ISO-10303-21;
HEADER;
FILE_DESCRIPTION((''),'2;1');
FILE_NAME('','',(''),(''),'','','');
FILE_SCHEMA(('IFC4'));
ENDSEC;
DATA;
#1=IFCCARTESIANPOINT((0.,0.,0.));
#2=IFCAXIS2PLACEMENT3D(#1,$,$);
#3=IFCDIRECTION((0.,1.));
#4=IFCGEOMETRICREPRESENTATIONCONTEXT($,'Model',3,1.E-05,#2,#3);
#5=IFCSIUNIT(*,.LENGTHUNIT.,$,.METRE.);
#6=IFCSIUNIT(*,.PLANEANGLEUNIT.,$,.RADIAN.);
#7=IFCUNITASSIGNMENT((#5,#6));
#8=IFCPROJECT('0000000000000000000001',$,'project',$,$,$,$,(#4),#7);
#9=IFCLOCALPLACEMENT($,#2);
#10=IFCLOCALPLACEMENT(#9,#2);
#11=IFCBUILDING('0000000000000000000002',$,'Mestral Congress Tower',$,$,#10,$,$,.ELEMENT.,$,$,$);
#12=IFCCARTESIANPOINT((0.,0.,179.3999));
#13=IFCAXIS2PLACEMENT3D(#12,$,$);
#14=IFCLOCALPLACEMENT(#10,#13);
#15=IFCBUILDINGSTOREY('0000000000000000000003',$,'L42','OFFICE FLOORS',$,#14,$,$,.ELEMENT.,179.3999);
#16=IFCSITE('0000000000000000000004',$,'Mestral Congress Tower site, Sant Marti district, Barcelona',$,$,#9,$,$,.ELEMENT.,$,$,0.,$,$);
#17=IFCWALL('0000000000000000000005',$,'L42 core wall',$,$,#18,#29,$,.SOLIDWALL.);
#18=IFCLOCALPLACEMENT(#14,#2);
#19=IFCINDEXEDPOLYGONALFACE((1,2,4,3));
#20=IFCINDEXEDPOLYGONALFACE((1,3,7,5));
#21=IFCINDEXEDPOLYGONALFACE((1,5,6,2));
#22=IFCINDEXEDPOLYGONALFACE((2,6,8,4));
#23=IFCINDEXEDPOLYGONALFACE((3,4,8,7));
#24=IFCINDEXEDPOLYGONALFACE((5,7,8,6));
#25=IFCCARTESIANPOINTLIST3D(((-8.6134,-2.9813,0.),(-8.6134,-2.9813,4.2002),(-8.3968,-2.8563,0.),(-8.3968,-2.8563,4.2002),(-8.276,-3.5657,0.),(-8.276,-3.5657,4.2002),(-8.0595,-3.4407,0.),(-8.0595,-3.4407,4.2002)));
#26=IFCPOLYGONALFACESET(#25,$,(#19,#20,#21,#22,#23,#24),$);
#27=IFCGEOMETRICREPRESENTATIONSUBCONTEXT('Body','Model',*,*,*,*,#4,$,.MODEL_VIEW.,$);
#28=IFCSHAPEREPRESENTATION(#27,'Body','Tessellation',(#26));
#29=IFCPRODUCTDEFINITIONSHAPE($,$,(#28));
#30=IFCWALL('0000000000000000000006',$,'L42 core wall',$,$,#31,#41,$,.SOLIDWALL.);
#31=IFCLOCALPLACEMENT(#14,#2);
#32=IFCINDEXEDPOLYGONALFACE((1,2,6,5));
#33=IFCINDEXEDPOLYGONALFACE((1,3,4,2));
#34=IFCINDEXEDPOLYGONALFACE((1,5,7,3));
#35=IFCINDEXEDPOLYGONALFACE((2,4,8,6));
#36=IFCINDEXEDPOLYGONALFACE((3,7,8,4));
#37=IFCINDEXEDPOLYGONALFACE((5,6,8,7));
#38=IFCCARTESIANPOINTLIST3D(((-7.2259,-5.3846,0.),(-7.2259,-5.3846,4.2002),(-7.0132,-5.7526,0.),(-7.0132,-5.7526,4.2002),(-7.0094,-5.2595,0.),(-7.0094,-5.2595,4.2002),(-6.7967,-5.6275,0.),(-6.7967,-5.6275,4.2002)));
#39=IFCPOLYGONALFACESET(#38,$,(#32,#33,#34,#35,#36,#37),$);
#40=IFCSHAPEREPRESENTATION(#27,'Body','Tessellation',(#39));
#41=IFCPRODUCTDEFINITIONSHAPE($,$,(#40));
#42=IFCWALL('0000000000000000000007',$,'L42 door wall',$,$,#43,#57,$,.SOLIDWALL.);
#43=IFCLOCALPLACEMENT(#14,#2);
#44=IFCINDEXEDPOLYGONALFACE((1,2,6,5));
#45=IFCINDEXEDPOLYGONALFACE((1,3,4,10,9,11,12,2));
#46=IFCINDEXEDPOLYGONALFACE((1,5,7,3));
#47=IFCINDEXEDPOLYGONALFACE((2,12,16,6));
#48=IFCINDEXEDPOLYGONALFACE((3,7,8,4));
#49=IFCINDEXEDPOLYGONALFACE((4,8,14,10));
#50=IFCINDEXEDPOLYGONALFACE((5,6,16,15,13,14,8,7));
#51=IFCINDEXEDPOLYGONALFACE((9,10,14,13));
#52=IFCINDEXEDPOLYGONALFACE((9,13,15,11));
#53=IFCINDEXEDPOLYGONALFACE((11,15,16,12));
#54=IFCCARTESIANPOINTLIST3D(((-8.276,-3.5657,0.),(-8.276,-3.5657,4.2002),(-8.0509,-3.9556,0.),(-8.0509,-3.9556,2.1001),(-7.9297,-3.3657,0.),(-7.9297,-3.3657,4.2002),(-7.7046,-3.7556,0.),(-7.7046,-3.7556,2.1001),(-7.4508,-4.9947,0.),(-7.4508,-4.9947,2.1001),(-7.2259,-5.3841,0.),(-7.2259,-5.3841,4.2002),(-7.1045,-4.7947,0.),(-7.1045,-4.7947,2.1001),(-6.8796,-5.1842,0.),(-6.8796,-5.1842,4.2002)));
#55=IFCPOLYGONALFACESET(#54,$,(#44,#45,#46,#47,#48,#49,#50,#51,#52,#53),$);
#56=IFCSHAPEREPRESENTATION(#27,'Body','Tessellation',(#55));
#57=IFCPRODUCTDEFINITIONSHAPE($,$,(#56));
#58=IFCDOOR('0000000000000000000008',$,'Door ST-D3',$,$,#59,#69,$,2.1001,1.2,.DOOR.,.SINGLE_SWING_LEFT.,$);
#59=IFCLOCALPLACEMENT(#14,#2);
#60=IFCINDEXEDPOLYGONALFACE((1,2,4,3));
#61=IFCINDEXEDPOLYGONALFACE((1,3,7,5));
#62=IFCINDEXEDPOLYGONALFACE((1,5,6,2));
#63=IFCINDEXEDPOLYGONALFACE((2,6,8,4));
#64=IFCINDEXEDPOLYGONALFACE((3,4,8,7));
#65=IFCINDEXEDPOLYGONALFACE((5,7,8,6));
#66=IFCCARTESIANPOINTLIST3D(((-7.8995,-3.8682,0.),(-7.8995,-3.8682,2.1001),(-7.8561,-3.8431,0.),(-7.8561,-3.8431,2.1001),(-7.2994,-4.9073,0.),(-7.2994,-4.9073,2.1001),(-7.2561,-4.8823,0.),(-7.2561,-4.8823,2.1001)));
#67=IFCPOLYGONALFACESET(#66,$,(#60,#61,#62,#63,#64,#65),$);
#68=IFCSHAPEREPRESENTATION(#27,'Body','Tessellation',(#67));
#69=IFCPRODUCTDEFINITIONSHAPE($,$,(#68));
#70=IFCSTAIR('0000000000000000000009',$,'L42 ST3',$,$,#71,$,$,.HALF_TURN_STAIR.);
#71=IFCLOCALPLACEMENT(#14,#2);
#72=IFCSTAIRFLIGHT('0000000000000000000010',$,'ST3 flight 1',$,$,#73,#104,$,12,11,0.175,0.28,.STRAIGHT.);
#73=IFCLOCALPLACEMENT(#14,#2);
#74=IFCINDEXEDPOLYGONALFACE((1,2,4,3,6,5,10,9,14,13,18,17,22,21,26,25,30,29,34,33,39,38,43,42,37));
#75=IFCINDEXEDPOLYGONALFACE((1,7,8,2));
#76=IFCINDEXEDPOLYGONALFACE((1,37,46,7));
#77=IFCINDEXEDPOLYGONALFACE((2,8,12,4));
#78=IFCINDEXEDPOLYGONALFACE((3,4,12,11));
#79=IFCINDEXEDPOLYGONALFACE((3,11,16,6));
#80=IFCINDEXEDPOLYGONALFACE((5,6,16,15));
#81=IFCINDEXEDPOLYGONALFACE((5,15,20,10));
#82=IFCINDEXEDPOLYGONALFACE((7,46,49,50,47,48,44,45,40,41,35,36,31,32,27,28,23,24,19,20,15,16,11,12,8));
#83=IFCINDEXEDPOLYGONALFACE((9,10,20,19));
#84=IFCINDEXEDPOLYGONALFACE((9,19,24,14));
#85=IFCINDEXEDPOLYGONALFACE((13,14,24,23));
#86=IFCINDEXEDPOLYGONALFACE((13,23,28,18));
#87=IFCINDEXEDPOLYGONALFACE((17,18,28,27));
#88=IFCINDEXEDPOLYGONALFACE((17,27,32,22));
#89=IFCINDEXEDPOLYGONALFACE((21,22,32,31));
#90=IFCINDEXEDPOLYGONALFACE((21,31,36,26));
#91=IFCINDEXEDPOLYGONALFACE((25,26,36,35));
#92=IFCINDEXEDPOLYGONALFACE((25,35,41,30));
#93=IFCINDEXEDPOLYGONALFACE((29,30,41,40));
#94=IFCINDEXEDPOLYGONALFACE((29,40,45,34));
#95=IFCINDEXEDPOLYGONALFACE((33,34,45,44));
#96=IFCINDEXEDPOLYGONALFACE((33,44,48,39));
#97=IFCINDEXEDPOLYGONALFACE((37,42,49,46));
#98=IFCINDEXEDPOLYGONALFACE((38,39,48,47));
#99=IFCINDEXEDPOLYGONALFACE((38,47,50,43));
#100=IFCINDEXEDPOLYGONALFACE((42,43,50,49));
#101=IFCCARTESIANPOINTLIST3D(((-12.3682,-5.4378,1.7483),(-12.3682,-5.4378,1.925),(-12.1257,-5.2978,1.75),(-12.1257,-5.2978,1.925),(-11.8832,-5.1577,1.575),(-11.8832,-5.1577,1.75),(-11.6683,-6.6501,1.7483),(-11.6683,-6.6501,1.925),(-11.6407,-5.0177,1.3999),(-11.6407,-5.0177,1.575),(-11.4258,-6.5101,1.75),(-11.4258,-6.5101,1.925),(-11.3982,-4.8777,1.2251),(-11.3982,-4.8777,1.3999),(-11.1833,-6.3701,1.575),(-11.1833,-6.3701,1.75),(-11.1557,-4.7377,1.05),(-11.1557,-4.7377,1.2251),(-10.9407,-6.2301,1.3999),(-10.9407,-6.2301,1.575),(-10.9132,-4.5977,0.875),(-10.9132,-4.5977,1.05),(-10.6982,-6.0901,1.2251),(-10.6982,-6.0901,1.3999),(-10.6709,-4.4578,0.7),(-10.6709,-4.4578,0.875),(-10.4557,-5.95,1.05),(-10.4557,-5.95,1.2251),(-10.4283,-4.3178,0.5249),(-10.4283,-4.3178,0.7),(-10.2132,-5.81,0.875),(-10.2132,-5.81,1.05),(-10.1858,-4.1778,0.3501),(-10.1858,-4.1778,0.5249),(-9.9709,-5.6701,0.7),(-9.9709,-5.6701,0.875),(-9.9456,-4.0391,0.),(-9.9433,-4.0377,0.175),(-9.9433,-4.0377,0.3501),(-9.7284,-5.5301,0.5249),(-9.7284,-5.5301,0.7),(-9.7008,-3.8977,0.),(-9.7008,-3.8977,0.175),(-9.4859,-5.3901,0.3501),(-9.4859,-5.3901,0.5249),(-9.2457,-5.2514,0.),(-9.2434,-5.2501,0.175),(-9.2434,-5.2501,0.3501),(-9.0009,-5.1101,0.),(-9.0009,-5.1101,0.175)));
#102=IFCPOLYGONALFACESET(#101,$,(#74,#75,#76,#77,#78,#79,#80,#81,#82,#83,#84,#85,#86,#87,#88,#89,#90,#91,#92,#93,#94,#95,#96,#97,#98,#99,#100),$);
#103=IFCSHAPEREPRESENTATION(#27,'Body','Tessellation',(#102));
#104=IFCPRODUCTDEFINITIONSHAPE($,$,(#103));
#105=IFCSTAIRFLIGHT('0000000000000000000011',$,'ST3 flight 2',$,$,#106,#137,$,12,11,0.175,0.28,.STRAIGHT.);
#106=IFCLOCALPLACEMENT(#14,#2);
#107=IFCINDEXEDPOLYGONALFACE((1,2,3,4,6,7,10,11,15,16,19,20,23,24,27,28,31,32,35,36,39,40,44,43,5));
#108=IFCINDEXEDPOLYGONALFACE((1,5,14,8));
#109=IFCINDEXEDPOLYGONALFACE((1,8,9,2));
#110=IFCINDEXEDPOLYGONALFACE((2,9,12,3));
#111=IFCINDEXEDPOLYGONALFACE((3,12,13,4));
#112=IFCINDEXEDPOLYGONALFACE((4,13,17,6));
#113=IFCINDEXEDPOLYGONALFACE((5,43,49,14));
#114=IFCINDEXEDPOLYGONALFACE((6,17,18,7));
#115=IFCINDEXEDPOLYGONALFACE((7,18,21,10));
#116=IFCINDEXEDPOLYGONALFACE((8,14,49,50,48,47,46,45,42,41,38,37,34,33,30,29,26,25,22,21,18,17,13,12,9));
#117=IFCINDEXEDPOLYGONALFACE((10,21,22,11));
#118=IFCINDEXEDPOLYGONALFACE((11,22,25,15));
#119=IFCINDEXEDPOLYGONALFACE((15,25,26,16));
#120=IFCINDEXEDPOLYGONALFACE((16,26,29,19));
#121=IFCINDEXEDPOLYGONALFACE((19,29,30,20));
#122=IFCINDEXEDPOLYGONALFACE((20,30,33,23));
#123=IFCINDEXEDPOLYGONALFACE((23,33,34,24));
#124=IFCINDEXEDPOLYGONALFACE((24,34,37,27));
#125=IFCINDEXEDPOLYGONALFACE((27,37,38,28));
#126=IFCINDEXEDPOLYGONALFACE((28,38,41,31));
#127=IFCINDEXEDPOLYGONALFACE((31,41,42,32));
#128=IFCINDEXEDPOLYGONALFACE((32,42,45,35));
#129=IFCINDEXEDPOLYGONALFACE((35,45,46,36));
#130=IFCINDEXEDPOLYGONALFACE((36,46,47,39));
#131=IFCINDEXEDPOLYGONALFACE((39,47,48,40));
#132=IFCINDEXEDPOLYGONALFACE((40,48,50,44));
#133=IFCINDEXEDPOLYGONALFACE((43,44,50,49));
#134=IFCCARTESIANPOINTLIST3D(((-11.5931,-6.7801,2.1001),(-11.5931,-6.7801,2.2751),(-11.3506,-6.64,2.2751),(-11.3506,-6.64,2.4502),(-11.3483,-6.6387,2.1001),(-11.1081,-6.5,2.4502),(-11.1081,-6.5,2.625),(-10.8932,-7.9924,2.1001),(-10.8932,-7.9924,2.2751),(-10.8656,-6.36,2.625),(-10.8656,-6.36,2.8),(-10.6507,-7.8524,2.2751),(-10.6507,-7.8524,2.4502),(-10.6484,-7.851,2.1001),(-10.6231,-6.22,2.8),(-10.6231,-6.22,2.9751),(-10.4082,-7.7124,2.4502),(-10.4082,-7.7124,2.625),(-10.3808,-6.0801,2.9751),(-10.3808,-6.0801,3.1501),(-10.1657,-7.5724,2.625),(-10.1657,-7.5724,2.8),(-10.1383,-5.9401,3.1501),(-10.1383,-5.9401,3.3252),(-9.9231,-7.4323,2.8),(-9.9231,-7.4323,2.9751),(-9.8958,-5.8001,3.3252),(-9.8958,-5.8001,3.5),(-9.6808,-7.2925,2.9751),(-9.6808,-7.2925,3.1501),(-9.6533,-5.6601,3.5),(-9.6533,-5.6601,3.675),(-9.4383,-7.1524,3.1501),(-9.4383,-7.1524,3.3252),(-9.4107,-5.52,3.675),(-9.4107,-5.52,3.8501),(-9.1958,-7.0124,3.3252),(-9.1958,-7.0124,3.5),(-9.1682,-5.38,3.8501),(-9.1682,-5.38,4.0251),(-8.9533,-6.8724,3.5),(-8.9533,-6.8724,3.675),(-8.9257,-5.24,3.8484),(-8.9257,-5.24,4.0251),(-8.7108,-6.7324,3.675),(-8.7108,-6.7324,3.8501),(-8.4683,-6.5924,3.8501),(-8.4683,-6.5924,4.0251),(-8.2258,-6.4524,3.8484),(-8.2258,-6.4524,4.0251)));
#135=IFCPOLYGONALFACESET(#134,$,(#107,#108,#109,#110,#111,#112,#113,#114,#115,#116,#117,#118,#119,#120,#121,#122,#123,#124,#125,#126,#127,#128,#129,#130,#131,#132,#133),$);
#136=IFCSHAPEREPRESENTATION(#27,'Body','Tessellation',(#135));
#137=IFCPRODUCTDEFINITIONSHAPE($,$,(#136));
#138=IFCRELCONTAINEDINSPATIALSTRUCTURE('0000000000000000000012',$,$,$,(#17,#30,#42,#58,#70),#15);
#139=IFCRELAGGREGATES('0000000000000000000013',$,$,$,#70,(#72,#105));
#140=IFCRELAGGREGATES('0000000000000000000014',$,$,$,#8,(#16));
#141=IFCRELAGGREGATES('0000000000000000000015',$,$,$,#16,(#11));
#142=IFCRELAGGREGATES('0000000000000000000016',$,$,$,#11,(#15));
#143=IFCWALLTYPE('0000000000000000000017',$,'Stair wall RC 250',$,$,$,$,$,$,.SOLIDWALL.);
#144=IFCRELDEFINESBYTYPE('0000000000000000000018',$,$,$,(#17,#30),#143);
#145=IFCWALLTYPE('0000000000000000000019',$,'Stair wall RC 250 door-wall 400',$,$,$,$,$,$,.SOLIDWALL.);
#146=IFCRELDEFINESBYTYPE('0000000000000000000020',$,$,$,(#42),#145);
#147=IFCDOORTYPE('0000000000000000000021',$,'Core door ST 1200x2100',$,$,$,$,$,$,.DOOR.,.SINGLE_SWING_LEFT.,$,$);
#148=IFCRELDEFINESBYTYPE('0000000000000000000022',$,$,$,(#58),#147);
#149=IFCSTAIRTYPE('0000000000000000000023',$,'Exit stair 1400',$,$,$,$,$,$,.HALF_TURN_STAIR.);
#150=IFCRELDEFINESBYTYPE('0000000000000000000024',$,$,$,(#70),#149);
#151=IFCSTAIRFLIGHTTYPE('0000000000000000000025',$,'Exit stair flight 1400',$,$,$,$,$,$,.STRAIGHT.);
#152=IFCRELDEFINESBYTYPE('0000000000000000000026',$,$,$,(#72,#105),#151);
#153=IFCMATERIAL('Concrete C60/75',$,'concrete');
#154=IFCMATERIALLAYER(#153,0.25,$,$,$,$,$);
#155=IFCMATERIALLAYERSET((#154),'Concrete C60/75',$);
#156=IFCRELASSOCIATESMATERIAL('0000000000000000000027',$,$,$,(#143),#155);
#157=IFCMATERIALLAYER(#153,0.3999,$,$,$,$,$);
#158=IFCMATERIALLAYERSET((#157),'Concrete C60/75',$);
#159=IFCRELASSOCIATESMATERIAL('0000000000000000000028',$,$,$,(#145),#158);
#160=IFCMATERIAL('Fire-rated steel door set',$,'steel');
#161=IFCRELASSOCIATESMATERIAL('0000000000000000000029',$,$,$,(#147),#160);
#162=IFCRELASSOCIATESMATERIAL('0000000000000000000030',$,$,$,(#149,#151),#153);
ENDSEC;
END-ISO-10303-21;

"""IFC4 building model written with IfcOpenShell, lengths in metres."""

from ifc_helpers import new_model, si_unit, direction, frame, frame_2d, origin, place, context, subcontext, project, spatial, polyline, rectangle, outline, extrude, material, layer, layer_set, type_object, element, fill, aggregate, save


model = new_model("IFC4")

# Units and contexts
model_context = context("Model", 3, precision=1e-05, world=origin(), true_north=direction((0.0, 1.0)))
body_context = subcontext(model_context, "Body", "Model", "MODEL_VIEW")
ifc_project = project(units=[si_unit("LENGTHUNIT", "METRE"), si_unit("PLANEANGLEUNIT", "RADIAN")], contexts=[model_context])

# Site, building, storey
site_placement = place(None, origin())
site = spatial("IfcSite", under=ifc_project, at=site_placement, Name="Mestral Congress Tower site, Sant Marti district, Barcelona", CompositionType="ELEMENT", RefElevation=0.0)
building_placement = place(site_placement, origin())
building = spatial("IfcBuilding", under=site, at=building_placement, Name="Mestral Congress Tower", CompositionType="ELEMENT")
storey_placement = place(building_placement, frame((0.0, 0.0, 179.3999)))
storey = spatial("IfcBuildingStorey", under=building, at=storey_placement, Name="L42", Description="OFFICE FLOORS", CompositionType="ELEMENT", Elevation=179.3999)

# Shared definitions
ifc_material_1 = material(Name="Fire-rated steel door set", Category="steel")

# Shared definitions
ifc_material_2 = material(Name="Concrete C60/75", Category="concrete")

# Walls
ifc_layer_1 = layer(ifc_material_2, 0.25)
ifc_layer_set_1 = layer_set([ifc_layer_1], Name="Concrete C60/75")
wall_type_1 = type_object("IfcWallType", Name="Stair wall RC 250", PredefinedType="SOLIDWALL", material=ifc_layer_set_1)
wall_1_placement = place(storey_placement, frame((-8.1677, -3.5032, 0.0), z_axis=(0.0, 0.0, 1.0), x_axis=(-0.499952, 0.866053, 0.0)))
element("IfcWall", 1, at=wall_1_placement, inside=storey, type_object=wall_type_1, Name="L42 core wall", PredefinedType="SOLIDWALL", context=body_context, shape_type="SweptSolid", body=[
    extrude(rectangle(XDim=0.6748, YDim=0.25, at=frame_2d((0.3374, 0.0))), origin(), (0.0, 0.0, 1.0), 4.2002),
])
wall_2_placement = place(storey_placement, frame((-6.905, -5.6899, 0.0), z_axis=(0.0, 0.0, 1.0), x_axis=(-0.500402, 0.865793, 0.0)))
element("IfcWall", 2, at=wall_2_placement, inside=storey, type_object=wall_type_1, Name="L42 core wall", PredefinedType="SOLIDWALL", context=body_context, shape_type="SweptSolid", body=[
    extrude(rectangle(XDim=0.425, YDim=0.25, at=frame_2d((0.2124, 0.0))), origin(), (0.0, 0.0, 1.0), 4.2002),
])

# Wall, opening, door
ifc_layer_2 = layer(ifc_material_2, 0.3999)
ifc_layer_set_2 = layer_set([ifc_layer_2], Name="Concrete C60/75")
wall_type_2 = type_object("IfcWallType", Name="Stair wall RC 250 door-wall 400", PredefinedType="SOLIDWALL", material=ifc_layer_set_2)
wall_3_placement = place(storey_placement, frame((-8.1028, -3.4658, 0.0), z_axis=(0.0, 0.0, 1.0), x_axis=(0.500078, -0.86598, 0.0)))
wall_3 = element("IfcWall", 3, at=wall_3_placement, inside=storey, type_object=wall_type_2, Name="L42 door wall", PredefinedType="SOLIDWALL", context=body_context, shape_type="SweptSolid", body=[
    extrude(rectangle(XDim=2.0999, YDim=0.3999, at=frame_2d((1.0498, 0.0))), origin(), (0.0, 0.0, 1.0), 4.2002),
])
opening_1_placement = place(wall_3_placement, frame((0.45, 0.0, 0.0)))
opening_1 = element("IfcOpeningElement", 4, at=opening_1_placement, cuts=wall_3, PredefinedType="OPENING", context=body_context, shape_type="SweptSolid", body=[
    extrude(rectangle(XDim=1.2, YDim=2.1001, at=frame_2d((0.6001, 1.05))), frame((0.0, 0.21, 0.0), z_axis=(0.0, -1.0, 0.0), x_axis=(1.0, 0.0, 0.0)), (0.0, 0.0, 1.0), 0.4199),
])
door_type_1 = type_object("IfcDoorType", Name="Core door ST 1200x2100", OperationType="SINGLE_SWING_LEFT", PredefinedType="DOOR", material=ifc_material_1)
door_1_placement = place(opening_1_placement, origin())
door_1 = element("IfcDoor", 5, at=door_1_placement, inside=storey, type_object=door_type_1, Name="Door ST-D3", OperationType="SINGLE_SWING_LEFT", OverallHeight=2.1001, OverallWidth=1.2, PredefinedType="DOOR", context=body_context, shape_type="SweptSolid", body=[
    extrude(rectangle(XDim=1.2, YDim=2.1001, at=frame_2d((0.6001, 1.05))), frame((0.0, 0.0249, 0.0), z_axis=(0.0, -1.0, 0.0), x_axis=(1.0, 0.0, 0.0)), (0.0, 0.0, 1.0), 0.05),
])
fill(opening_1, door_1)

# Stair, stair flights
stair_type = type_object("IfcStairType", Name="Exit stair 1400", PredefinedType="HALF_TURN_STAIR", material=ifc_material_2)
stair_placement = place(storey_placement, origin())
stair = element("IfcStair", 6, at=stair_placement, inside=storey, type_object=stair_type, Name="L42 ST3", PredefinedType="HALF_TURN_STAIR")
stair_flight_type = type_object("IfcStairFlightType", Name="Exit stair flight 1400", PredefinedType="STRAIGHT", material=ifc_material_2)
stair_flight_1_placement = place(storey_placement, frame((-9.3508, -4.5039, 0.0), z_axis=(0.0, 0.0, 1.0), x_axis=(-0.866025, -0.5, 0.0)))
stair_flight_1 = element("IfcStairFlight", 7, at=stair_flight_1_placement, type_object=stair_flight_type, Name="ST3 flight 1", NumberOfRisers=12, NumberOfTreads=11, PredefinedType="STRAIGHT", RiserHeight=0.175, TreadLength=0.28, context=body_context, shape_type="SweptSolid", body=[
    extrude(outline(polyline([(0.0, 0.0), (0.0, 0.175), (0.28, 0.175), (0.28, 0.3501), (0.5601, 0.3501), (0.5601, 0.5249), (0.8401, 0.5249), (0.8401, 0.7), (1.1201, 0.7), (1.1201, 0.875), (1.3999, 0.875), (1.3999, 1.05), (1.6799, 1.05), (1.6799, 1.2251), (1.96, 1.2251), (1.96, 1.3999), (2.24, 1.3999), (2.24, 1.575), (2.52, 1.575), (2.52, 1.75), (2.8, 1.75), (2.8, 1.925), (3.0801, 1.925), (3.0801, 2.1001), (3.0801, 1.7483), (0.2827, 0.0), (0.0, 0.0)])), frame((0.0, 0.7, 0.0), z_axis=(0.0, -1.0, 0.0), x_axis=(1.0, 0.0, 0.0)), (0.0, 0.0, 1.0), 1.3999),
])
stair_flight_2_placement = place(storey_placement, frame((-11.2432, -7.3862, 2.1001), z_axis=(0.0, 0.0, 1.0), x_axis=(0.866025, 0.5, 0.0)))
stair_flight_2 = element("IfcStairFlight", 8, at=stair_flight_2_placement, type_object=stair_flight_type, Name="ST3 flight 2", NumberOfRisers=12, NumberOfTreads=11, PredefinedType="STRAIGHT", RiserHeight=0.175, TreadLength=0.28, context=body_context, shape_type="SweptSolid", body=[
    extrude(outline(polyline([(0.0, 0.0), (0.0, 0.175), (0.28, 0.175), (0.28, 0.3501), (0.5601, 0.3501), (0.5601, 0.5249), (0.8401, 0.5249), (0.8401, 0.7), (1.1201, 0.7), (1.1201, 0.875), (1.3999, 0.875), (1.3999, 1.05), (1.6799, 1.05), (1.6799, 1.2251), (1.96, 1.2251), (1.96, 1.3999), (2.24, 1.3999), (2.24, 1.575), (2.52, 1.575), (2.52, 1.75), (2.8, 1.75), (2.8, 1.925), (3.0801, 1.925), (3.0801, 2.1001), (3.0801, 1.7483), (0.2827, 0.0), (0.0, 0.0)])), frame((0.0, 0.7, 0.0), z_axis=(0.0, -1.0, 0.0), x_axis=(1.0, 0.0, 0.0)), (0.0, 0.0, 1.0), 1.3999),
])
aggregate(stair, [stair_flight_1, stair_flight_2])

save(model, "model.ifc")
